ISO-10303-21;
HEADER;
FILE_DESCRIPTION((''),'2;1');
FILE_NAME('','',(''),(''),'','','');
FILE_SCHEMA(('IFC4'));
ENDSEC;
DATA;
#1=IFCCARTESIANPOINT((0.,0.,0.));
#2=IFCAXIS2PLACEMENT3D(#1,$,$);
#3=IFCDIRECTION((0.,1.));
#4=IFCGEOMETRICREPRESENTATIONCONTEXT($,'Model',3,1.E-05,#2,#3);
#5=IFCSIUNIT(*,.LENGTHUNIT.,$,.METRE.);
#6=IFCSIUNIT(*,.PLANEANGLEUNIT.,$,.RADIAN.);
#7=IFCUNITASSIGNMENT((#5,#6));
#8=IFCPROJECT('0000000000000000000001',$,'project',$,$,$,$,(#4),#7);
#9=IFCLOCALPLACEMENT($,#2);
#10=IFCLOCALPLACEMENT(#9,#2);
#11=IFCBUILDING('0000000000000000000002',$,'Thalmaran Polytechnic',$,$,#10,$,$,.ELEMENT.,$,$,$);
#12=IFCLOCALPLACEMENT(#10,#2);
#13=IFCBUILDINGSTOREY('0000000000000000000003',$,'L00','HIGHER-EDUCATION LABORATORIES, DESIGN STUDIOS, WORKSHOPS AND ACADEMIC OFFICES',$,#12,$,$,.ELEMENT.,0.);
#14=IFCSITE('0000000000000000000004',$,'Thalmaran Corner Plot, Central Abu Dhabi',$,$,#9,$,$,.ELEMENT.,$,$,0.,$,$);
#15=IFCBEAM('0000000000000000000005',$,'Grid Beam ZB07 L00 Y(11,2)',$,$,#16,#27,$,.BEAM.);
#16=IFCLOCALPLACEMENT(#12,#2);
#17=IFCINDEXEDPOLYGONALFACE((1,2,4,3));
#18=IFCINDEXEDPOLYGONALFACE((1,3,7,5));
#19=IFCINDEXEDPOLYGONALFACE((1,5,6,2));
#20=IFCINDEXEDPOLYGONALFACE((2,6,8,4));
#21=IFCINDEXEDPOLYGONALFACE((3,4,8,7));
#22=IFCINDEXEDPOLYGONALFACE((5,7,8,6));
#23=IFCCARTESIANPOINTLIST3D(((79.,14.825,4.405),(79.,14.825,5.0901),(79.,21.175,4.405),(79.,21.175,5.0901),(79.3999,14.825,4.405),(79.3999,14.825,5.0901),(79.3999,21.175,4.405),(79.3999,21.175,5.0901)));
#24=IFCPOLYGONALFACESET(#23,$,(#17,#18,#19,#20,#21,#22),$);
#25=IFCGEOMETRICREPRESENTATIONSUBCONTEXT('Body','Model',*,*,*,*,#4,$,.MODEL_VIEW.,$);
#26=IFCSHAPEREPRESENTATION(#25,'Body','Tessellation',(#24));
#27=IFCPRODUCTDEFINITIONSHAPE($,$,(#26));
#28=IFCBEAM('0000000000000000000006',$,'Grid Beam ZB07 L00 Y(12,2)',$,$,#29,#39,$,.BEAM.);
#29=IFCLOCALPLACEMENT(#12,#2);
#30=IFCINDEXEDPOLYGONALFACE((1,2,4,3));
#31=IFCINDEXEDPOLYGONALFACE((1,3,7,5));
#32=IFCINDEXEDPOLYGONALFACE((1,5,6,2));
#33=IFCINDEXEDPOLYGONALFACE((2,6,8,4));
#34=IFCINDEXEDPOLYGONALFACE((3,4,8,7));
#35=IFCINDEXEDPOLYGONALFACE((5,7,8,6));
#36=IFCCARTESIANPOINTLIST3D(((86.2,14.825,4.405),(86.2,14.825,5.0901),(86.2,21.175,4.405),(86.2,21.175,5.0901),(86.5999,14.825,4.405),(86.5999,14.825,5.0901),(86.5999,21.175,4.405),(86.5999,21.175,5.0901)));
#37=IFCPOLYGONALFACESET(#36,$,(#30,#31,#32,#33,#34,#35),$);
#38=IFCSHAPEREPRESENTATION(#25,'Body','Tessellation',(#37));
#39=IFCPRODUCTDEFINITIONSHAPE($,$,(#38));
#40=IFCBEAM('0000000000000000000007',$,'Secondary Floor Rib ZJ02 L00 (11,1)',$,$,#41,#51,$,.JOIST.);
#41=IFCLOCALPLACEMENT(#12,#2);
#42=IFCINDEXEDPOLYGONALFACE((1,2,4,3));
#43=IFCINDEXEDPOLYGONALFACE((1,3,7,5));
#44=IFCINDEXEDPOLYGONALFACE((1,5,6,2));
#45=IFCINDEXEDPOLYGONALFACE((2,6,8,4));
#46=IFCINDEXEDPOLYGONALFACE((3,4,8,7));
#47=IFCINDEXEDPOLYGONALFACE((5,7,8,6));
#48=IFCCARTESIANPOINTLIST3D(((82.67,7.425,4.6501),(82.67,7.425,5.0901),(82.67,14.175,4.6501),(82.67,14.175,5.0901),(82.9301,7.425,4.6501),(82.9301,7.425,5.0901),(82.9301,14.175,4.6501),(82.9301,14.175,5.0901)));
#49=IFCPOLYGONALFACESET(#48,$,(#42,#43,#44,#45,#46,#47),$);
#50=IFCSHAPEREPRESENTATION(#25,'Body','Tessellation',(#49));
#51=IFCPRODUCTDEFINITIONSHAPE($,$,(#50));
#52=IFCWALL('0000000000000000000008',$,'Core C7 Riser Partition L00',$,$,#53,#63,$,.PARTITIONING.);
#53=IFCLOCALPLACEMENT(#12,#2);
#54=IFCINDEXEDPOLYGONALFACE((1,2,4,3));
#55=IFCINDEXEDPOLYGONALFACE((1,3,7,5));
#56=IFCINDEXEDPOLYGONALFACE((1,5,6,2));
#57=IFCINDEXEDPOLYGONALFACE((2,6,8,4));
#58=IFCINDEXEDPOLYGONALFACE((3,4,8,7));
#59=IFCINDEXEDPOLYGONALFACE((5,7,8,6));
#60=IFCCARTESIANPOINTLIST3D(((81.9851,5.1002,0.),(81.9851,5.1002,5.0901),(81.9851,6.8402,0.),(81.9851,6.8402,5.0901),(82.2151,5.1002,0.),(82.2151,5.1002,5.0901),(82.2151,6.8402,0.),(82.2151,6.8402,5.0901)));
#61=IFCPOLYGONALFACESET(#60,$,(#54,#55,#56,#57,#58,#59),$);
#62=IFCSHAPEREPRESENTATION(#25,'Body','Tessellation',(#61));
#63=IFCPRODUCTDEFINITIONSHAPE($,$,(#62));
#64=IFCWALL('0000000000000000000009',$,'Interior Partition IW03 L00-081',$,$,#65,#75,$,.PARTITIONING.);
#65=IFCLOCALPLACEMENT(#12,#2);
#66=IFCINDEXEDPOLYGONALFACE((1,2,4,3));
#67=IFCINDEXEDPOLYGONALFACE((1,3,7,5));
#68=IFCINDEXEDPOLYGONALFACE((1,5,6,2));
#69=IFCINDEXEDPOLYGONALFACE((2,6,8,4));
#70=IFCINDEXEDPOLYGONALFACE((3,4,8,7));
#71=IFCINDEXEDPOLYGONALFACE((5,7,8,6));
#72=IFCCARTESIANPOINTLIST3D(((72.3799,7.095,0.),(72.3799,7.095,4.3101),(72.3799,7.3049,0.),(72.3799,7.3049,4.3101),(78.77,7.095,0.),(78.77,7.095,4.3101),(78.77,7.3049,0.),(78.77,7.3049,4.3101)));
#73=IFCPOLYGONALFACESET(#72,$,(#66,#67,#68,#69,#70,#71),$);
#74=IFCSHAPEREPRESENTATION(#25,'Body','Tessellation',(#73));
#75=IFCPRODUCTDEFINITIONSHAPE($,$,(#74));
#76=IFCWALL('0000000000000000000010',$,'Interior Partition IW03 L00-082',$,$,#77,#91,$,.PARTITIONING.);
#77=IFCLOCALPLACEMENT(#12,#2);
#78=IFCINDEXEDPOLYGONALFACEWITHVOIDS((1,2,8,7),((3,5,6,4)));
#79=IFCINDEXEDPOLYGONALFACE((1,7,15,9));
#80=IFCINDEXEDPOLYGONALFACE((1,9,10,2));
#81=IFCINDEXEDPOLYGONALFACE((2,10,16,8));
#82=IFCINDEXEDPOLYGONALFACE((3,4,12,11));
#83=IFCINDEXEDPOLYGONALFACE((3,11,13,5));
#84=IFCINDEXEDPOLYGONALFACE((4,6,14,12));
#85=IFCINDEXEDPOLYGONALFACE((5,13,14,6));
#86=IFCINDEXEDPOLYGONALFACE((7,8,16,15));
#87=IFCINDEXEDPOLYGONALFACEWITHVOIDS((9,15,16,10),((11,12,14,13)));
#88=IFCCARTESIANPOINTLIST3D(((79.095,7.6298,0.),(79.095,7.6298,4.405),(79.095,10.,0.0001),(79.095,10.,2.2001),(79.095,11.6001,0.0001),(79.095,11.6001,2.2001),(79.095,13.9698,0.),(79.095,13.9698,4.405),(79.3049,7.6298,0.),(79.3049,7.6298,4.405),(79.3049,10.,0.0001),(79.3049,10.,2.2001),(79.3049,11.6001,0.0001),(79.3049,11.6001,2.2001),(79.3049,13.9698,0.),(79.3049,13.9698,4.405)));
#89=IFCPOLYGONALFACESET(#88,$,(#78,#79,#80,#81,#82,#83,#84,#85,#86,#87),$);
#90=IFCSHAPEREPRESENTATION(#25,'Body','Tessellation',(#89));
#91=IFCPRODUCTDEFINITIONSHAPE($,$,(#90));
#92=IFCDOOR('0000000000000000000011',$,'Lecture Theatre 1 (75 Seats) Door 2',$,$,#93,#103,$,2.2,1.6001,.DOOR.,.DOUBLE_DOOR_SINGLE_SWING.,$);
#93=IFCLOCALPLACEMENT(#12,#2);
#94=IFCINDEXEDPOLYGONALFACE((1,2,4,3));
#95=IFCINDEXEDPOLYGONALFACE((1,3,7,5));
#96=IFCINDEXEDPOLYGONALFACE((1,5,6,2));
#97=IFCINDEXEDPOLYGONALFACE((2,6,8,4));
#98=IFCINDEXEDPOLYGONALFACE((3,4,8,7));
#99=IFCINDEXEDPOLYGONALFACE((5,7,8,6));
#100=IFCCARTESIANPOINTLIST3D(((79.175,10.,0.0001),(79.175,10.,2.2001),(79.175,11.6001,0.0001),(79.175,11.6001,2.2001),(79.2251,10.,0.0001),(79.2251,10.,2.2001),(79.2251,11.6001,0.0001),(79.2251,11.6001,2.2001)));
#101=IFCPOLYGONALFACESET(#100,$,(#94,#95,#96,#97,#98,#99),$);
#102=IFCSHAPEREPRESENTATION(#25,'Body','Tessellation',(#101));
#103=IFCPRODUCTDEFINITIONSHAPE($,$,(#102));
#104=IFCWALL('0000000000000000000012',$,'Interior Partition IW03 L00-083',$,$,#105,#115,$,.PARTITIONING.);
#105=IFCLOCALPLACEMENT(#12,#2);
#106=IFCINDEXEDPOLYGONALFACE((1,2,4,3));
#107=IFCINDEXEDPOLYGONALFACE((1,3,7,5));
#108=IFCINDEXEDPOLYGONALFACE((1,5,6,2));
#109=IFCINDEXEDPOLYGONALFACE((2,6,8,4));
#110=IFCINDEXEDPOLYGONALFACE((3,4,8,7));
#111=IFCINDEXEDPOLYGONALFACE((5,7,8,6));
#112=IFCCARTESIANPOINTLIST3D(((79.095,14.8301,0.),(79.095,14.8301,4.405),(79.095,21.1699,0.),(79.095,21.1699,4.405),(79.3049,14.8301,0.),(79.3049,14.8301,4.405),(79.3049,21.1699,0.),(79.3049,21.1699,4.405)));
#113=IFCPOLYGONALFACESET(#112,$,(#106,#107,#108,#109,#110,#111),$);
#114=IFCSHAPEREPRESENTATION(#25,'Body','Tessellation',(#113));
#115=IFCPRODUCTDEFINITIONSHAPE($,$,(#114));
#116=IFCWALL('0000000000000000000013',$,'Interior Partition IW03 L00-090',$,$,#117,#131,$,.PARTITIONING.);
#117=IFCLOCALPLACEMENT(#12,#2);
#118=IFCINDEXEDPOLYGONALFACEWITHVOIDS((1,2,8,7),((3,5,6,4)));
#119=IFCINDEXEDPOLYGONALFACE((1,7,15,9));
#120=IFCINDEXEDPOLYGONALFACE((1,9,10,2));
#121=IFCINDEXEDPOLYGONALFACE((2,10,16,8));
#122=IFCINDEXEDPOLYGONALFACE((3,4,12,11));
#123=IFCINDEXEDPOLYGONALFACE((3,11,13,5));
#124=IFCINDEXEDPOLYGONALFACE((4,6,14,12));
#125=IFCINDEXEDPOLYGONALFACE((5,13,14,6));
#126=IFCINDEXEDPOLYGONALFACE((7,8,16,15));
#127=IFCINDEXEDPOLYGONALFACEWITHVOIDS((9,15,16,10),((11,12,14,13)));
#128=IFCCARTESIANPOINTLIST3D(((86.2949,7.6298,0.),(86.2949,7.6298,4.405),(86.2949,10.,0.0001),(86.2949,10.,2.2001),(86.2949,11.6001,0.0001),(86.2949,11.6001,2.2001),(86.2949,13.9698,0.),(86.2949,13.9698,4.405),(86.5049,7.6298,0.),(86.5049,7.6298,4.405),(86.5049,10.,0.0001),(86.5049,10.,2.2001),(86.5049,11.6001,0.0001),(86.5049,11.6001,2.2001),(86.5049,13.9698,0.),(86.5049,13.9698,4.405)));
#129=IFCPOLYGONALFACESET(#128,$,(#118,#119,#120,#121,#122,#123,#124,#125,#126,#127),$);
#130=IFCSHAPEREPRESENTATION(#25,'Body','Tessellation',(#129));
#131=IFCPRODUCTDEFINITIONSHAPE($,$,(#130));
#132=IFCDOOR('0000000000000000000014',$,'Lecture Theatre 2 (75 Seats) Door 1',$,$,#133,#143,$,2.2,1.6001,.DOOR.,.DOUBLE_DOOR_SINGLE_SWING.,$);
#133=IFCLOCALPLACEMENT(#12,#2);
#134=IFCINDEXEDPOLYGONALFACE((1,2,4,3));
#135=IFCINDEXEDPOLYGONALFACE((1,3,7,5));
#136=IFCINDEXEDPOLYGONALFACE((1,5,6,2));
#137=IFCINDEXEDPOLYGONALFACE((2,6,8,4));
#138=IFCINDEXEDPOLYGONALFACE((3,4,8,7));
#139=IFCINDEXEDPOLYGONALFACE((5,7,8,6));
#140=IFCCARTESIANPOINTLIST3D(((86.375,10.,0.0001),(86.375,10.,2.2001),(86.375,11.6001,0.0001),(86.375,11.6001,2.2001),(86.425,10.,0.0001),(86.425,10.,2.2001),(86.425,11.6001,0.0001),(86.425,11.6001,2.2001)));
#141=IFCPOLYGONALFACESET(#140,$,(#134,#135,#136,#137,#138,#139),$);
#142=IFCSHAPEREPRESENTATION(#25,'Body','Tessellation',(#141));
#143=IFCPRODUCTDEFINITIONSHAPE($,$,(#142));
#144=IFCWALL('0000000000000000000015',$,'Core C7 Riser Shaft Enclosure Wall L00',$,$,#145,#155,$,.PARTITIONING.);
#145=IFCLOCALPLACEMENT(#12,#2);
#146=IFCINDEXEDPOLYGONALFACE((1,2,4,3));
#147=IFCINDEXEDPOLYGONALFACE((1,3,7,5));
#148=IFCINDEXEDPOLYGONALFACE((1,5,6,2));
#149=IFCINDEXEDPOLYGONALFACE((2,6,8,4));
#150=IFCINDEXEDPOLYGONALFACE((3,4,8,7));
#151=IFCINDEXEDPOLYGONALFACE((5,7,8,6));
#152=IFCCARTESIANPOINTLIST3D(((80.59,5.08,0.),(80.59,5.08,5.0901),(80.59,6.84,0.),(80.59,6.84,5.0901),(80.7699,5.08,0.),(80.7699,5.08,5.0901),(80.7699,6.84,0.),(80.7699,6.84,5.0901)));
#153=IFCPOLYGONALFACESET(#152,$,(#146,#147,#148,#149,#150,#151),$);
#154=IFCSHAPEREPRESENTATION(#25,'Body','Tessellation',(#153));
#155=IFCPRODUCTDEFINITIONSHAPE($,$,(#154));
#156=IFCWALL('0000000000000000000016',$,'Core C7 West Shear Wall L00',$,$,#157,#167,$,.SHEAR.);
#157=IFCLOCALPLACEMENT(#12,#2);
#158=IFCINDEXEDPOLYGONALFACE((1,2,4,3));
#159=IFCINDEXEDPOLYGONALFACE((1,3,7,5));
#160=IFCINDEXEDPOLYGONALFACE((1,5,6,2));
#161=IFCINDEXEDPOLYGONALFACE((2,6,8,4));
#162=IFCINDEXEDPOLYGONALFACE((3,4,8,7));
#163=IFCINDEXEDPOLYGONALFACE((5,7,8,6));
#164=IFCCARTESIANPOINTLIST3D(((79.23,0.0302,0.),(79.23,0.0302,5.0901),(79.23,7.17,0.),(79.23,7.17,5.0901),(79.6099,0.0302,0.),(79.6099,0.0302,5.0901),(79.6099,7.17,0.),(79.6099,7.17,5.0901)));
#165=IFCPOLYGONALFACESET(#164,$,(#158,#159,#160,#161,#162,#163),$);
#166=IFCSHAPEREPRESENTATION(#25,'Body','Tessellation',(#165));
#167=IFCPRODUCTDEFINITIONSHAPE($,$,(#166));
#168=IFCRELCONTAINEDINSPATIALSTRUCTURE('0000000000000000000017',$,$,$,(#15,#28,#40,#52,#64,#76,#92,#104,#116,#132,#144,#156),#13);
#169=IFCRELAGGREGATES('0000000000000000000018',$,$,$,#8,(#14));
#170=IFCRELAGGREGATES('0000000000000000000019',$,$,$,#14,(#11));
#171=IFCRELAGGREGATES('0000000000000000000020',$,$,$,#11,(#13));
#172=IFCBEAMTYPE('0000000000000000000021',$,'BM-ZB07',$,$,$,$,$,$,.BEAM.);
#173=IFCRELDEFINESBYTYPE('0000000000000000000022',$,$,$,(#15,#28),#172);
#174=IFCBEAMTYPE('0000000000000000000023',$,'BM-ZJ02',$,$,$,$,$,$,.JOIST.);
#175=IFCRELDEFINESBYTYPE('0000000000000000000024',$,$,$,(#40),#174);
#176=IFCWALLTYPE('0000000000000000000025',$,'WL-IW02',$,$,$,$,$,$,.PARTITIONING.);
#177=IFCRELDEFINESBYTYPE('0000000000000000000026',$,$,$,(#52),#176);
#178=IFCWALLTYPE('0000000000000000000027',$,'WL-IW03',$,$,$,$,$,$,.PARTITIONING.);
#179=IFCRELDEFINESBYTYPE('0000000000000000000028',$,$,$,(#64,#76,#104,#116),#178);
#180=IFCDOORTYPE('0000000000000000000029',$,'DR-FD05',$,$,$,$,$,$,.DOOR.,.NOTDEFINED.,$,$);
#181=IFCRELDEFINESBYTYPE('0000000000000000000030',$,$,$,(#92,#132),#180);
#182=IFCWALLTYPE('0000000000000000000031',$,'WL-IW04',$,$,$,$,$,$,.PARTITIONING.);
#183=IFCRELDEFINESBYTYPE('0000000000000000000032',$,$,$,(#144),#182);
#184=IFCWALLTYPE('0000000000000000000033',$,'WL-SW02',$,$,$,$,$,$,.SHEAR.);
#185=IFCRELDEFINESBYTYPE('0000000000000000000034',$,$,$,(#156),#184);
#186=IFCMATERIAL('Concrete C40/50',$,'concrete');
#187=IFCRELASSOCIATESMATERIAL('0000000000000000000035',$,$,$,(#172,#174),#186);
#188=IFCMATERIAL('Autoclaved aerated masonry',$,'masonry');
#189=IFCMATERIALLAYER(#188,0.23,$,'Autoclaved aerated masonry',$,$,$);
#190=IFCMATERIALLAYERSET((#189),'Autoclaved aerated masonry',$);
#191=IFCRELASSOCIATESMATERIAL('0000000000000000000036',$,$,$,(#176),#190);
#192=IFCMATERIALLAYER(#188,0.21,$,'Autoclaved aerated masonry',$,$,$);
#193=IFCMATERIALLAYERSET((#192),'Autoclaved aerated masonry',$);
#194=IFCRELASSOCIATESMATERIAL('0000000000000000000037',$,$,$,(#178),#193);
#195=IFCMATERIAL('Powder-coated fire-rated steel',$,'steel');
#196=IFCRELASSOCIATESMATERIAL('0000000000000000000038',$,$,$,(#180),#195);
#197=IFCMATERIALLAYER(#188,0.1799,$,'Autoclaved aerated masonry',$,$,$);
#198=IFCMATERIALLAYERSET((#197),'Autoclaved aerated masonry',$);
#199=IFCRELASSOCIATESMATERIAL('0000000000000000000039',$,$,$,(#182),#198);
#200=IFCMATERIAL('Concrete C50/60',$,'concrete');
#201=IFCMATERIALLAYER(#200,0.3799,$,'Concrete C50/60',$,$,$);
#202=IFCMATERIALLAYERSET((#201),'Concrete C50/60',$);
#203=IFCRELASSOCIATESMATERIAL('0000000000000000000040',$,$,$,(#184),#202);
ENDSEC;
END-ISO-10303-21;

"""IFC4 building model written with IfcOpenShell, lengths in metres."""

from ifc_helpers import new_model, si_unit, direction, frame, frame_2d, origin, origin_2d, place, context, subcontext, project, spatial, rectangle, extrude, material, layer, layer_set, material_profile, profile_set, type_object, element, fill, save


model = new_model("IFC4")

# Units and contexts
model_context = context("Model", 3, precision=1e-05, world=origin(), true_north=direction((0.0, 1.0)))
body_context = subcontext(model_context, "Body", "Model", "MODEL_VIEW")
ifc_project = project(units=[si_unit("LENGTHUNIT", "METRE"), si_unit("PLANEANGLEUNIT", "RADIAN")], contexts=[model_context])

# Site, building, storey
site_placement = place(None, origin())
site = spatial("IfcSite", under=ifc_project, at=site_placement, Name="Thalmaran Corner Plot, Central Abu Dhabi", CompositionType="ELEMENT", RefElevation=0.0)
building_placement = place(site_placement, origin())
building = spatial("IfcBuilding", under=site, at=building_placement, Name="Thalmaran Polytechnic", CompositionType="ELEMENT")
storey_placement = place(building_placement, origin())
storey = spatial("IfcBuildingStorey", under=building, at=storey_placement, Name="L00", Description="HIGHER-EDUCATION LABORATORIES, DESIGN STUDIOS, WORKSHOPS AND ACADEMIC OFFICES", CompositionType="ELEMENT", Elevation=0.0)

# Shared definitions
ifc_material_1 = material(Name="Concrete C50/60", Category="concrete")
ifc_material_2 = material(Name="Concrete C40/50", Category="concrete")

# Beams
ifc_material_profile_1 = material_profile(ifc_material_2, rectangle(XDim=0.3999, YDim=0.6851, at=origin_2d()), Name="RC 400x685")
ifc_profile_set_1 = profile_set([ifc_material_profile_1], Name="Concrete C40/50")
beam_type_1 = type_object("IfcBeamType", Name="BM-ZB07", PredefinedType="BEAM", material=ifc_profile_set_1)
for number, where, z_axis, x_axis, name in (
    (1, (79.2, 14.825, 4.7476), (0.0, 1.0, 0.0), (-1.0, 0.0, 0.0), "Grid Beam ZB07 L00 Y(11,2)"),
    (2, (86.3999, 14.825, 4.7476), (0.0, 1.0, 0.0), (-1.0, 0.0, 0.0), "Grid Beam ZB07 L00 Y(12,2)"),
):
    element("IfcBeam", number, at=place(storey_placement, frame(where, z_axis=z_axis, x_axis=x_axis)), inside=storey, type_object=beam_type_1, Name=name, PredefinedType="BEAM", context=body_context, shape_type="SweptSolid", body=[
        extrude(rectangle(XDim=0.3999, YDim=0.6851, at=origin_2d()), origin(), (0.0, 0.0, 1.0), 6.3501),
    ])
ifc_material_profile_2 = material_profile(ifc_material_2, rectangle(XDim=0.26, YDim=0.4399, at=origin_2d()), Name="RC 260x440")
ifc_profile_set_2 = profile_set([ifc_material_profile_2], Name="Concrete C40/50")
beam_type_2 = type_object("IfcBeamType", Name="BM-ZJ02", PredefinedType="JOIST", material=ifc_profile_set_2)
beam_1_placement = place(storey_placement, frame((82.8, 7.425, 4.8701), z_axis=(0.0, 1.0, 0.0), x_axis=(-1.0, 0.0, 0.0)))
element("IfcBeam", 3, at=beam_1_placement, inside=storey, type_object=beam_type_2, Name="Secondary Floor Rib ZJ02 L00 (11,1)", PredefinedType="JOIST", context=body_context, shape_type="SweptSolid", body=[
    extrude(rectangle(XDim=0.26, YDim=0.4399, at=origin_2d()), origin(), (0.0, 0.0, 1.0), 6.75),
])

# Walls
ifc_material_3 = material(Name="Autoclaved aerated masonry", Category="masonry")
ifc_layer_1 = layer(ifc_material_3, 0.23, Name="Autoclaved aerated masonry")
ifc_layer_set_1 = layer_set([ifc_layer_1], Name="Autoclaved aerated masonry")
wall_type_1 = type_object("IfcWallType", Name="WL-IW02", PredefinedType="PARTITIONING", material=ifc_layer_set_1)
wall_1_placement = place(storey_placement, frame((82.1001, 5.1001, 0.0), z_axis=(0.0, 0.0, 1.0), x_axis=(0.0, 1.0, 0.0)))
element("IfcWall", 4, at=wall_1_placement, inside=storey, type_object=wall_type_1, Name="Core C7 Riser Partition L00", PredefinedType="PARTITIONING", context=body_context, shape_type="SweptSolid", body=[
    extrude(rectangle(XDim=1.74, YDim=0.23, at=frame_2d((0.8701, 0.0))), origin(), (0.0, 0.0, 1.0), 5.0901),
])
ifc_layer_2 = layer(ifc_material_3, 0.21, Name="Autoclaved aerated masonry")
ifc_layer_set_2 = layer_set([ifc_layer_2], Name="Autoclaved aerated masonry")
wall_type_2 = type_object("IfcWallType", Name="WL-IW03", PredefinedType="PARTITIONING", material=ifc_layer_set_2)
wall_2_placement = place(storey_placement, frame((72.3799, 7.2, 0.0), z_axis=(0.0, 0.0, 1.0), x_axis=(1.0, 0.0, 0.0)))
element("IfcWall", 5, at=wall_2_placement, inside=storey, type_object=wall_type_2, Name="Interior Partition IW03 L00-081", PredefinedType="PARTITIONING", context=body_context, shape_type="SweptSolid", body=[
    extrude(rectangle(XDim=6.3901, YDim=0.21, at=frame_2d((3.1951, 0.0))), origin(), (0.0, 0.0, 1.0), 4.3101),
])

# Wall, opening, door
wall_3_placement = place(storey_placement, frame((79.2, 7.6299, 0.0), z_axis=(0.0, 0.0, 1.0), x_axis=(0.0, 1.0, 0.0)))
wall_3 = element("IfcWall", 6, at=wall_3_placement, inside=storey, type_object=wall_type_2, Name="Interior Partition IW03 L00-082", PredefinedType="PARTITIONING", context=body_context, shape_type="SweptSolid", body=[
    extrude(rectangle(XDim=6.3401, YDim=0.21, at=frame_2d((3.1699, 0.0))), origin(), (0.0, 0.0, 1.0), 4.405),
])
opening_1_placement = place(wall_3_placement, frame((2.3701, 0.0, 0.0)))
opening_1 = element("IfcOpeningElement", 7, at=opening_1_placement, cuts=wall_3, PredefinedType="OPENING", context=body_context, shape_type="SweptSolid", body=[
    extrude(rectangle(XDim=1.6001, YDim=2.2, at=frame_2d((0.8, 1.1001))), frame((0.0, 0.115, 0.0), z_axis=(0.0, -1.0, 0.0), x_axis=(1.0, 0.0, 0.0)), (0.0, 0.0, 1.0), 0.23),
])
ifc_material_4 = material(Name="Powder-coated fire-rated steel", Category="steel")
door_type_1 = type_object("IfcDoorType", Name="DR-FD05", OperationType="NOTDEFINED", PredefinedType="DOOR", material=ifc_material_4)
door_1_placement = place(opening_1_placement, origin())
door_1 = element("IfcDoor", 8, at=door_1_placement, inside=storey, type_object=door_type_1, Name="Lecture Theatre 1 (75 Seats) Door 2", OperationType="DOUBLE_DOOR_SINGLE_SWING", OverallHeight=2.2, OverallWidth=1.6001, PredefinedType="DOOR", context=body_context, shape_type="SweptSolid", body=[
    extrude(rectangle(XDim=1.6001, YDim=2.2, at=frame_2d((0.8, 1.1001))), frame((0.0, 0.0249, 0.0), z_axis=(0.0, -1.0, 0.0), x_axis=(1.0, 0.0, 0.0)), (0.0, 0.0, 1.0), 0.05),
])
fill(opening_1, door_1)

# Wall
wall_4_placement = place(storey_placement, frame((79.2, 14.8301, 0.0), z_axis=(0.0, 0.0, 1.0), x_axis=(0.0, 1.0, 0.0)))
element("IfcWall", 9, at=wall_4_placement, inside=storey, type_object=wall_type_2, Name="Interior Partition IW03 L00-083", PredefinedType="PARTITIONING", context=body_context, shape_type="SweptSolid", body=[
    extrude(rectangle(XDim=6.3398, YDim=0.21, at=frame_2d((3.1699, 0.0))), origin(), (0.0, 0.0, 1.0), 4.405),
])

# Wall, opening, door
wall_5_placement = place(storey_placement, frame((86.3999, 7.6299, 0.0), z_axis=(0.0, 0.0, 1.0), x_axis=(0.0, 1.0, 0.0)))
wall_5 = element("IfcWall", 10, at=wall_5_placement, inside=storey, type_object=wall_type_2, Name="Interior Partition IW03 L00-090", PredefinedType="PARTITIONING", context=body_context, shape_type="SweptSolid", body=[
    extrude(rectangle(XDim=6.3401, YDim=0.21, at=frame_2d((3.1699, 0.0))), origin(), (0.0, 0.0, 1.0), 4.405),
])
opening_2_placement = place(wall_5_placement, frame((2.3701, 0.0, 0.0)))
opening_2 = element("IfcOpeningElement", 11, at=opening_2_placement, cuts=wall_5, PredefinedType="OPENING", context=body_context, shape_type="SweptSolid", body=[
    extrude(rectangle(XDim=1.6001, YDim=2.2, at=frame_2d((0.8, 1.1001))), frame((0.0, 0.115, 0.0), z_axis=(0.0, -1.0, 0.0), x_axis=(1.0, 0.0, 0.0)), (0.0, 0.0, 1.0), 0.23),
])
door_2_placement = place(opening_2_placement, origin())
door_2 = element("IfcDoor", 12, at=door_2_placement, inside=storey, type_object=door_type_1, Name="Lecture Theatre 2 (75 Seats) Door 1", OperationType="DOUBLE_DOOR_SINGLE_SWING", OverallHeight=2.2, OverallWidth=1.6001, PredefinedType="DOOR", context=body_context, shape_type="SweptSolid", body=[
    extrude(rectangle(XDim=1.6001, YDim=2.2, at=frame_2d((0.8, 1.1001))), frame((0.0, 0.0249, 0.0), z_axis=(0.0, -1.0, 0.0), x_axis=(1.0, 0.0, 0.0)), (0.0, 0.0, 1.0), 0.05),
])
fill(opening_2, door_2)

# Walls
ifc_layer_3 = layer(ifc_material_3, 0.1799, Name="Autoclaved aerated masonry")
ifc_layer_set_3 = layer_set([ifc_layer_3], Name="Autoclaved aerated masonry")
wall_type_3 = type_object("IfcWallType", Name="WL-IW04", PredefinedType="PARTITIONING", material=ifc_layer_set_3)
wall_6_placement = place(storey_placement, frame((80.6799, 5.0801, 0.0), z_axis=(0.0, 0.0, 1.0), x_axis=(0.0, 1.0, 0.0)))
element("IfcWall", 13, at=wall_6_placement, inside=storey, type_object=wall_type_3, Name="Core C7 Riser Shaft Enclosure Wall L00", PredefinedType="PARTITIONING", context=body_context, shape_type="SweptSolid", body=[
    extrude(rectangle(XDim=1.76, YDim=0.1799, at=frame_2d((0.8799, 0.0))), origin(), (0.0, 0.0, 1.0), 5.0901),
])
ifc_layer_4 = layer(ifc_material_1, 0.3799, Name="Concrete C50/60")
ifc_layer_set_4 = layer_set([ifc_layer_4], Name="Concrete C50/60")
wall_type_4 = type_object("IfcWallType", Name="WL-SW02", PredefinedType="SHEAR", material=ifc_layer_set_4)
wall_7_placement = place(storey_placement, frame((79.4199, 7.1699, 0.0), z_axis=(0.0, 0.0, 1.0), x_axis=(0.0, -1.0, 0.0)))
element("IfcWall", 14, at=wall_7_placement, inside=storey, type_object=wall_type_4, Name="Core C7 West Shear Wall L00", PredefinedType="SHEAR", context=body_context, shape_type="SweptSolid", body=[
    extrude(rectangle(XDim=7.1399, YDim=0.3799, at=frame_2d((3.5698, 0.0))), origin(), (0.0, 0.0, 1.0), 5.0901),
])

save(model, "model.ifc")
